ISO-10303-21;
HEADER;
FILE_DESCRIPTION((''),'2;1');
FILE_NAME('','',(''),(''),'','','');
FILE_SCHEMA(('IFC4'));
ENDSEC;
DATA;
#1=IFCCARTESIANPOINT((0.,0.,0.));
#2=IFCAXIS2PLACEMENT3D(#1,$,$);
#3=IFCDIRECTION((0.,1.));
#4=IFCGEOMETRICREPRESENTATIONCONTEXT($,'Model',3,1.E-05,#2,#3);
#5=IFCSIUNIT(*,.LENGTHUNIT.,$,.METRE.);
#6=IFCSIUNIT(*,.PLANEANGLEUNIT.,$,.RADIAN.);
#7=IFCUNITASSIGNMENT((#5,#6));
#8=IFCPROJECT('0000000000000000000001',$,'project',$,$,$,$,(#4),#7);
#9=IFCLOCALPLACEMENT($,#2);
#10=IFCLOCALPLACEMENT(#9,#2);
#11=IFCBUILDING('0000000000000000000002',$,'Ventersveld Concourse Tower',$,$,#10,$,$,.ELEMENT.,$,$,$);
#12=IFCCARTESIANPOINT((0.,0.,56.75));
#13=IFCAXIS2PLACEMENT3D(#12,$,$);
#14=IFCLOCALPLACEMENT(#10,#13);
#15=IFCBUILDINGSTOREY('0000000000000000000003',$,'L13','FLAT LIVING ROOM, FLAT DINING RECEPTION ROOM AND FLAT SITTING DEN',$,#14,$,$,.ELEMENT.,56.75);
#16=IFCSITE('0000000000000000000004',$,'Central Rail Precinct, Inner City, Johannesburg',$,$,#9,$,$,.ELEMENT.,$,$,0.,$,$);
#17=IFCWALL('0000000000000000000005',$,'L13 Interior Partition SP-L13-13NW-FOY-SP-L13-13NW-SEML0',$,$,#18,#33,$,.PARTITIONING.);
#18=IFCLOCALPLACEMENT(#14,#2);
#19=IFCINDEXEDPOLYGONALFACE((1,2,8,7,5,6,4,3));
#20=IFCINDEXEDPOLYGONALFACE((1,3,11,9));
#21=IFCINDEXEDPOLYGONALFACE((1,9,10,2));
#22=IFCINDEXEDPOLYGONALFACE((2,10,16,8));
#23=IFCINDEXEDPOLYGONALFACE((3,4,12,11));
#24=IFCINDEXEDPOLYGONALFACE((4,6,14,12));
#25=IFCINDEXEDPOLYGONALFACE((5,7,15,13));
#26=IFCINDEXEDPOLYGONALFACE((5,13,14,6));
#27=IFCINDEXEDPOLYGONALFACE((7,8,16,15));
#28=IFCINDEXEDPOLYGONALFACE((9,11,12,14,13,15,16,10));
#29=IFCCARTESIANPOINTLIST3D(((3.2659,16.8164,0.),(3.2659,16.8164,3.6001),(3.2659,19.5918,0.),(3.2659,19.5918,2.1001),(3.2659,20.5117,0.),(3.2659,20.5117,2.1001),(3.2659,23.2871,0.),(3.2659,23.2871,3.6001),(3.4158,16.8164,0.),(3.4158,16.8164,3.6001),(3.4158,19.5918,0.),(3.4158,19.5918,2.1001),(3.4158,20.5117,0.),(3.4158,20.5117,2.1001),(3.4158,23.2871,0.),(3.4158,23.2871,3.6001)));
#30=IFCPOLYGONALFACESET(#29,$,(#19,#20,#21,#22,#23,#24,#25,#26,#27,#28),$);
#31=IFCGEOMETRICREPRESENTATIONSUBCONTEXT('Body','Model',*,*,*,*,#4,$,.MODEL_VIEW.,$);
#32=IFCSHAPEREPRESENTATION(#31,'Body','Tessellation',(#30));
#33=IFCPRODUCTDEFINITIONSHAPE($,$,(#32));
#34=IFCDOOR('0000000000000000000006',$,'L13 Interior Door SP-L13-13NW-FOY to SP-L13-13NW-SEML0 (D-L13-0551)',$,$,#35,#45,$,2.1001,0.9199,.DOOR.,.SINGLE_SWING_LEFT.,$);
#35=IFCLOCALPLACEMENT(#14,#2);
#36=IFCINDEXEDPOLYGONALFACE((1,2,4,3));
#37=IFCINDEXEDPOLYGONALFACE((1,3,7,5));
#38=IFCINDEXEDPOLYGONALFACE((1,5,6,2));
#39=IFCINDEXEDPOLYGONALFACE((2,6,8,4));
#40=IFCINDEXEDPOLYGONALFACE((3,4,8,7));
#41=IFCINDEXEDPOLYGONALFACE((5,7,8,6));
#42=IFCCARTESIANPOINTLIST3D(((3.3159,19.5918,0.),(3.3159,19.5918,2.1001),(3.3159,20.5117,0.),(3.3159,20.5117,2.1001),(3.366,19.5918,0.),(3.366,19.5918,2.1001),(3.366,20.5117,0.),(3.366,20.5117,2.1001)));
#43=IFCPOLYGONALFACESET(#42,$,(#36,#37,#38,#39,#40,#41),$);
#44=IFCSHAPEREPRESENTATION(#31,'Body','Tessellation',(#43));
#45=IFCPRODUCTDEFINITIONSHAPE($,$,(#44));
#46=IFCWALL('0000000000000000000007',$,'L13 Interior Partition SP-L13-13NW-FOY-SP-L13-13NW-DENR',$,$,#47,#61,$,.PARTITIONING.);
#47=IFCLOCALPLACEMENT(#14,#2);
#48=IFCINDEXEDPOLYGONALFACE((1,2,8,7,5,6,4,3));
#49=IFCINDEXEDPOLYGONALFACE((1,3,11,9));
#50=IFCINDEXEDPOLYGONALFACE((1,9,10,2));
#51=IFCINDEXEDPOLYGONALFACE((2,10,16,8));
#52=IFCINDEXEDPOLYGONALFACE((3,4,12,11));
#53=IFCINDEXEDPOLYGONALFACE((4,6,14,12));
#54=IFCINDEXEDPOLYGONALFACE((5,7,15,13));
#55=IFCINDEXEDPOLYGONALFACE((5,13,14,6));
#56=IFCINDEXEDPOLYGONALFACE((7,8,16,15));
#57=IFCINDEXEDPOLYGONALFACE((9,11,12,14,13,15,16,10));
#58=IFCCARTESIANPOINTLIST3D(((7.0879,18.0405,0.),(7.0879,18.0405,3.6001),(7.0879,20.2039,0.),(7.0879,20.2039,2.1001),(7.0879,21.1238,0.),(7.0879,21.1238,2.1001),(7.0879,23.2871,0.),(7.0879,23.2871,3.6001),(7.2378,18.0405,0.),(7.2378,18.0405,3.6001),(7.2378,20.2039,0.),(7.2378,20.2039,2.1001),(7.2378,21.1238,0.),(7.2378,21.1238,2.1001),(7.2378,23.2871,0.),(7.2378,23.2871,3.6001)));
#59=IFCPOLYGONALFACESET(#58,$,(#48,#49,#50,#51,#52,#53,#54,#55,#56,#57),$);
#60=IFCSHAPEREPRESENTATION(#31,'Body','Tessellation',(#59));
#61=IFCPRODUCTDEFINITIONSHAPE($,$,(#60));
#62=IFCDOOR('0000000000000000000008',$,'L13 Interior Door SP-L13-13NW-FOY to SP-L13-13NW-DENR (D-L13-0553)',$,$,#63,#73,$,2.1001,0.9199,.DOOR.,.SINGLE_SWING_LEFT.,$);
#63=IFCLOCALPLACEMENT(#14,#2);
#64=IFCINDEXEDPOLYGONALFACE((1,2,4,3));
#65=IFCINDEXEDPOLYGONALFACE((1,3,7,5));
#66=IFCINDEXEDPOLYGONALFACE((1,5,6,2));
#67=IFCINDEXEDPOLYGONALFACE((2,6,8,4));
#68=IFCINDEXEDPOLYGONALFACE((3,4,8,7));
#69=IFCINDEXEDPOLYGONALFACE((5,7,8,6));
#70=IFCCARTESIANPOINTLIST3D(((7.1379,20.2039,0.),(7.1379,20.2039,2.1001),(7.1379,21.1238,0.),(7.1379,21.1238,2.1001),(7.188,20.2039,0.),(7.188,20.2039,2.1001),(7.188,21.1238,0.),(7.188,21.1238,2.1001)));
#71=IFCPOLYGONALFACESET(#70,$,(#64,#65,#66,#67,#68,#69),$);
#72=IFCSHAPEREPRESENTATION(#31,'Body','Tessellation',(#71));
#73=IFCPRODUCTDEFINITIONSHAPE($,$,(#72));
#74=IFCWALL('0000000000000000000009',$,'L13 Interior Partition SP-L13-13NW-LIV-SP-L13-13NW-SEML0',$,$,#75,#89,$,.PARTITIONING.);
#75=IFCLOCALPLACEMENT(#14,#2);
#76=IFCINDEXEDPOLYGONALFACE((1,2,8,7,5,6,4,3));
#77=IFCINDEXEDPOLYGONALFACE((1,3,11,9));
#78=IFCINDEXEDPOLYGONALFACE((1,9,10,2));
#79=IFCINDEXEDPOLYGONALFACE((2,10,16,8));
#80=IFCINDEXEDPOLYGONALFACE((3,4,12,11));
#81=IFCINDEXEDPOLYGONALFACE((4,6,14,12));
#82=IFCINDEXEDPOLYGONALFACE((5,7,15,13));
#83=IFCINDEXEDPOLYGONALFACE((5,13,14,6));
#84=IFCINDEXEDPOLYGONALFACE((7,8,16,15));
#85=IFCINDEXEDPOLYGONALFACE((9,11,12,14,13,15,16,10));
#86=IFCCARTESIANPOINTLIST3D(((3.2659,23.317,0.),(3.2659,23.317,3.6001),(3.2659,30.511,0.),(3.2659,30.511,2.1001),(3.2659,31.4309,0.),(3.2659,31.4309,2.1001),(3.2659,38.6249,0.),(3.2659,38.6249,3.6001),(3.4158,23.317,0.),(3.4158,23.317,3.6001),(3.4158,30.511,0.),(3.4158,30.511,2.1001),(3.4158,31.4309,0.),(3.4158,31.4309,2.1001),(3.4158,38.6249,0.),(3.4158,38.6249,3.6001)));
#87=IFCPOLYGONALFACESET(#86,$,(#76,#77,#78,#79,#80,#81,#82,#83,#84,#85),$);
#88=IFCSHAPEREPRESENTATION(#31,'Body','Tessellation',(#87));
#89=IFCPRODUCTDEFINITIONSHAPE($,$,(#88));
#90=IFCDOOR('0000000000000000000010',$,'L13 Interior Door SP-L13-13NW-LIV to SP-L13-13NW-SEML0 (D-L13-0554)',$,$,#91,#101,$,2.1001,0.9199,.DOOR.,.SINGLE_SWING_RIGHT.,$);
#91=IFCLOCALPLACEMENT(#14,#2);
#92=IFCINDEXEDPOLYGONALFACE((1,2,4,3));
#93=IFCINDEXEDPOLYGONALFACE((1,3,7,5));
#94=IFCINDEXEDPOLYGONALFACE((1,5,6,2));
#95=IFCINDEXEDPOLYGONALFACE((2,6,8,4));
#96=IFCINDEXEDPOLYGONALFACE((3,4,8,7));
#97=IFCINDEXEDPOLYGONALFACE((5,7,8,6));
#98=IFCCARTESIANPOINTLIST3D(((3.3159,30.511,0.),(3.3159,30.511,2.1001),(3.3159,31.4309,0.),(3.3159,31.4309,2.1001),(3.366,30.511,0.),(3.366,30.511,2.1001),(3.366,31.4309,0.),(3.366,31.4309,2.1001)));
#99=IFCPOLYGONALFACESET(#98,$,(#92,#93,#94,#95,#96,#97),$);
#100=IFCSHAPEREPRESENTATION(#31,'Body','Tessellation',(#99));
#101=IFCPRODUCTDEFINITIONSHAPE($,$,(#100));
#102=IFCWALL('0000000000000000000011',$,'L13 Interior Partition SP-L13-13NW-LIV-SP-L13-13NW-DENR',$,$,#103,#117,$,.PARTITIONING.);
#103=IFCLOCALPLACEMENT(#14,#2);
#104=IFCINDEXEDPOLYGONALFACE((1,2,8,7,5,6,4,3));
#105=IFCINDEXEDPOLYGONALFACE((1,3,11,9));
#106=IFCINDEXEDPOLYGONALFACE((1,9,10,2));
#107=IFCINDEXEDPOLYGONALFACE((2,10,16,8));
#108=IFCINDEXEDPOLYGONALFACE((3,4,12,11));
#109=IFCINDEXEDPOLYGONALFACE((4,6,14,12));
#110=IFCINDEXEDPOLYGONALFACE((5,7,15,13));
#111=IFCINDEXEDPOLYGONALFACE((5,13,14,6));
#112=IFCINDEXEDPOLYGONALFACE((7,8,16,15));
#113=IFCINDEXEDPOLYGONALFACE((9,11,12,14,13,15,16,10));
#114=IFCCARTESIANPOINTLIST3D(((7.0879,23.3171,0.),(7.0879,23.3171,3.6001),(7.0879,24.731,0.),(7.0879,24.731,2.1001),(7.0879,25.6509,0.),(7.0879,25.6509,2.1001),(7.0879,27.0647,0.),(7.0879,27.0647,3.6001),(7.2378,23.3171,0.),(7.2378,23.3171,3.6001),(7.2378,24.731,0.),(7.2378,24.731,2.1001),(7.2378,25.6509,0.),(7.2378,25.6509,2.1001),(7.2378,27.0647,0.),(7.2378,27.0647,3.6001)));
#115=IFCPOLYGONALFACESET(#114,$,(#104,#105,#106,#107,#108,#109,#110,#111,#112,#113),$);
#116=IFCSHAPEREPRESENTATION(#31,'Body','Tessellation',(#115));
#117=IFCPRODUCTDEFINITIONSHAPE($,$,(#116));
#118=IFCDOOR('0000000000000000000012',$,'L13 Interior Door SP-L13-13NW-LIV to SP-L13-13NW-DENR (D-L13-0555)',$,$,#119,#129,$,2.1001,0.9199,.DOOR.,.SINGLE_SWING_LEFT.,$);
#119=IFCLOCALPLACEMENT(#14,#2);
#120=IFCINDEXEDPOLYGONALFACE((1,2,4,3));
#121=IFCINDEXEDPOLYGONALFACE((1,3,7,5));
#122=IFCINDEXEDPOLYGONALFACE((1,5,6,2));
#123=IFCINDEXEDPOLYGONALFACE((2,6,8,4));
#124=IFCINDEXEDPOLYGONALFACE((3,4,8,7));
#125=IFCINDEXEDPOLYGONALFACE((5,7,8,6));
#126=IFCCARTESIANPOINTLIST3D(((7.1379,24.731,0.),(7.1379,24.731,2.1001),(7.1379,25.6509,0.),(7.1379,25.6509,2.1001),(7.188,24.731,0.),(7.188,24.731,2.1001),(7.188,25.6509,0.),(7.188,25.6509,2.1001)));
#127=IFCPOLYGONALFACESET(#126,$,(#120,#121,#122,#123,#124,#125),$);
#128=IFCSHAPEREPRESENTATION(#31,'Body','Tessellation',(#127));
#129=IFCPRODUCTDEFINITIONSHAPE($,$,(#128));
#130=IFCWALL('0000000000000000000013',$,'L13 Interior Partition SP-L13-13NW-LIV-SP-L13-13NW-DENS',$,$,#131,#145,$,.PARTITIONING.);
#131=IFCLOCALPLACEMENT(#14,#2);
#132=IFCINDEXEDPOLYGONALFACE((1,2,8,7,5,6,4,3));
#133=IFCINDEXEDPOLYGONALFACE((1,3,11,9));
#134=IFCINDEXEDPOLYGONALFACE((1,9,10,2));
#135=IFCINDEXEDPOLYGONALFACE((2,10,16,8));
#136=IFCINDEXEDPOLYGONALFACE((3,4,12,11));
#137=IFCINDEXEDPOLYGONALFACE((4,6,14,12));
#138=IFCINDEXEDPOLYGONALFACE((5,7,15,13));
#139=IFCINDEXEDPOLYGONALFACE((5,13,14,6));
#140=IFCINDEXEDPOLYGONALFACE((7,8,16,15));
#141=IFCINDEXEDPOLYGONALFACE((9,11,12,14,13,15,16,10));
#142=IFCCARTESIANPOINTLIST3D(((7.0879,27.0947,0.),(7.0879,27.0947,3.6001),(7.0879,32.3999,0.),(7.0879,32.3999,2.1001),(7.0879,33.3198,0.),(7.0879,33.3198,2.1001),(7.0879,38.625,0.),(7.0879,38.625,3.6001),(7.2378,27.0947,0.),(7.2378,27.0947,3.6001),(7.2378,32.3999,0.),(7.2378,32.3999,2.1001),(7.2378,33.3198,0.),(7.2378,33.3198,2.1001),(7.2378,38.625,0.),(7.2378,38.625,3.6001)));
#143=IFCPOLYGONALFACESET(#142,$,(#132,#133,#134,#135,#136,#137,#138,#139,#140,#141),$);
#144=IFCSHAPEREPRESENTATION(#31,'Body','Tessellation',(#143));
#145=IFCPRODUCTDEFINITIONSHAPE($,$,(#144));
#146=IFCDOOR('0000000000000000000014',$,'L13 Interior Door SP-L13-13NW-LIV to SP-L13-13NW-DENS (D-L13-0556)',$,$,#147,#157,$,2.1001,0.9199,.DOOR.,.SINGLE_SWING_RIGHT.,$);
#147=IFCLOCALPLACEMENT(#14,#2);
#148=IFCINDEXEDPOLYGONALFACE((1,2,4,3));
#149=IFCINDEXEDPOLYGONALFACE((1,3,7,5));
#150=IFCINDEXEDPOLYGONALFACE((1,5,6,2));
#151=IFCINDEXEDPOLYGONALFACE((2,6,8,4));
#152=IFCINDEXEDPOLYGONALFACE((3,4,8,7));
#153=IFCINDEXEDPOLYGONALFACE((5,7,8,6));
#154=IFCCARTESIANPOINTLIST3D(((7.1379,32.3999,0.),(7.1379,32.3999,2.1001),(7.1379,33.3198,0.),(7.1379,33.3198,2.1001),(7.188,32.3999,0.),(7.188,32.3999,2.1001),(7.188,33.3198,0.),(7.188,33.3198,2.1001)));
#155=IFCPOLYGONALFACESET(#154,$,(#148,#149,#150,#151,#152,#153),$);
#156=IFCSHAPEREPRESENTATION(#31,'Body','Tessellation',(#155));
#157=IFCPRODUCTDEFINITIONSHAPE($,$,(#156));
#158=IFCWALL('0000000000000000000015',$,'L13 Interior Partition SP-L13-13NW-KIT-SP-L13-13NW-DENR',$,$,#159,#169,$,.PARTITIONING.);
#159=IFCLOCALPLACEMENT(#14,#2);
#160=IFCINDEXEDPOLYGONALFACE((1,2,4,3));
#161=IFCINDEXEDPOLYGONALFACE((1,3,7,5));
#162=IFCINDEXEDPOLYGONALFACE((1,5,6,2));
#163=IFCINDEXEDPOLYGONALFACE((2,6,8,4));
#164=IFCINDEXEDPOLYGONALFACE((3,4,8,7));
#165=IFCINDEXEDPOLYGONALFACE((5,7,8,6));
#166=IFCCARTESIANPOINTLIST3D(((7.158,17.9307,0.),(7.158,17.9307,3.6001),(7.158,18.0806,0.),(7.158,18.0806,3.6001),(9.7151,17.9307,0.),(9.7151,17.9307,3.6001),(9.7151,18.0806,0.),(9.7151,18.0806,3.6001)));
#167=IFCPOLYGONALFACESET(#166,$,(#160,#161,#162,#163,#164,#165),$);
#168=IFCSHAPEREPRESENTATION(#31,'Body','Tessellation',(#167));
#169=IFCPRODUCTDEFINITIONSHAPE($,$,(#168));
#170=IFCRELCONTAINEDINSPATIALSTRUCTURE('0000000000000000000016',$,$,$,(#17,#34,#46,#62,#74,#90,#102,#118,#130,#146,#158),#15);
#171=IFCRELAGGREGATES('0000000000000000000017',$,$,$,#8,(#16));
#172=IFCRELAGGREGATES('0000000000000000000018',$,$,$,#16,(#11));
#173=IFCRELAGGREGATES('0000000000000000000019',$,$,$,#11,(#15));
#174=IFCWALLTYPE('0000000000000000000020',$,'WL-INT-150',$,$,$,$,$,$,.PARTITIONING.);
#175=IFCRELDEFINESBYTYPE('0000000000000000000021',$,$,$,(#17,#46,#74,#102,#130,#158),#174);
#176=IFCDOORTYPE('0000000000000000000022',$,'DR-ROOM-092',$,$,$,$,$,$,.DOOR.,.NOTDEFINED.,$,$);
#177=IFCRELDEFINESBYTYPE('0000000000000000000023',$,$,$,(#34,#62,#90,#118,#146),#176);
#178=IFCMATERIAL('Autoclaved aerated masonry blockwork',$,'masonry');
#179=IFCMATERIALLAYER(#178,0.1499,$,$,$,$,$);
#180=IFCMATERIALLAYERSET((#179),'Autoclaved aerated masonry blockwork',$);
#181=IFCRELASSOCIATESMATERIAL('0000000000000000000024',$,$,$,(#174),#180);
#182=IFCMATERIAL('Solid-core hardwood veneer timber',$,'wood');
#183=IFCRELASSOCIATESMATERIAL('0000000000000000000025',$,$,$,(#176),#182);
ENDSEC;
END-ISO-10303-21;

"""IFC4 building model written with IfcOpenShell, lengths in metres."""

from ifc_helpers import new_model, si_unit, direction, frame, frame_2d, origin, place, context, subcontext, project, spatial, rectangle, extrude, material, layer, layer_set, type_object, element, fill, save


model = new_model("IFC4")

# Units and contexts
model_context = context("Model", 3, precision=1e-05, world=origin(), true_north=direction((0.0, 1.0)))
body_context = subcontext(model_context, "Body", "Model", "MODEL_VIEW")
ifc_project = project(units=[si_unit("LENGTHUNIT", "METRE"), si_unit("PLANEANGLEUNIT", "RADIAN")], contexts=[model_context])

# Site, building, storey
site_placement = place(None, origin())
site = spatial("IfcSite", under=ifc_project, at=site_placement, Name="Central Rail Precinct, Inner City, Johannesburg", CompositionType="ELEMENT", RefElevation=0.0)
building_placement = place(site_placement, origin())
building = spatial("IfcBuilding", under=site, at=building_placement, Name="Ventersveld Concourse Tower", CompositionType="ELEMENT")
storey_placement = place(building_placement, frame((0.0, 0.0, 56.75)))
storey = spatial("IfcBuildingStorey", under=building, at=storey_placement, Name="L13", Description="FLAT LIVING ROOM, FLAT DINING RECEPTION ROOM AND FLAT SITTING DEN", CompositionType="ELEMENT", Elevation=56.75)

# Walls, openings, doors
ifc_material_1 = material(Name="Autoclaved aerated masonry blockwork", Category="masonry")
ifc_layer_1 = layer(ifc_material_1, 0.1499)
ifc_layer_set_1 = layer_set([ifc_layer_1], Name="Autoclaved aerated masonry blockwork")
wall_type_1 = type_object("IfcWallType", Name="WL-INT-150", PredefinedType="PARTITIONING", material=ifc_layer_set_1)
ifc_material_2 = material(Name="Solid-core hardwood veneer timber", Category="wood")
door_type = type_object("IfcDoorType", Name="DR-ROOM-092", OperationType="NOTDEFINED", PredefinedType="DOOR", material=ifc_material_2)
wall_1_placement = place(storey_placement, frame((3.3408, 16.8164, 0.0), z_axis=(0.0, 0.0, 1.0), x_axis=(0.0, 1.0, 0.0)))
wall_1 = element("IfcWall", 1, at=wall_1_placement, inside=storey, type_object=wall_type_1, Name="L13 Interior Partition SP-L13-13NW-FOY-SP-L13-13NW-SEML0", PredefinedType="PARTITIONING", context=body_context, shape_type="SweptSolid", body=[
    extrude(rectangle(XDim=6.4707, YDim=0.1499, at=frame_2d((3.2354, 0.0))), origin(), (0.0, 0.0, 1.0), 3.6001),
])
opening_1_placement = place(wall_1_placement, frame((2.7754, 0.0, 0.0)))
opening_1 = element("IfcOpeningElement", 2, at=opening_1_placement, cuts=wall_1, PredefinedType="OPENING", context=body_context, shape_type="SweptSolid", body=[
    extrude(rectangle(XDim=0.9199, YDim=2.1001, at=frame_2d((0.46, 1.05))), frame((0.0, 0.085, 0.0), z_axis=(0.0, -1.0, 0.0), x_axis=(1.0, 0.0, 0.0)), (0.0, 0.0, 1.0), 0.1699),
])
door_1_placement = place(opening_1_placement, origin())
door_1 = element("IfcDoor", 3, at=door_1_placement, inside=storey, type_object=door_type, Name="L13 Interior Door SP-L13-13NW-FOY to SP-L13-13NW-SEML0 (D-L13-0551)", OperationType="SINGLE_SWING_LEFT", OverallHeight=2.1001, OverallWidth=0.9199, PredefinedType="DOOR", context=body_context, shape_type="SweptSolid", body=[
    extrude(rectangle(XDim=0.9199, YDim=2.1001, at=frame_2d((0.46, 1.05))), frame((0.0, 0.0249, 0.0), z_axis=(0.0, -1.0, 0.0), x_axis=(1.0, 0.0, 0.0)), (0.0, 0.0, 1.0), 0.05),
])
fill(opening_1, door_1)
wall_2_placement = place(storey_placement, frame((7.1628, 18.0405, 0.0), z_axis=(0.0, 0.0, 1.0), x_axis=(0.0, 1.0, 0.0)))
wall_2 = element("IfcWall", 4, at=wall_2_placement, inside=storey, type_object=wall_type_1, Name="L13 Interior Partition SP-L13-13NW-FOY-SP-L13-13NW-DENR", PredefinedType="PARTITIONING", context=body_context, shape_type="SweptSolid", body=[
    extrude(rectangle(XDim=5.2466, YDim=0.1499, at=frame_2d((2.6233, 0.0))), origin(), (0.0, 0.0, 1.0), 3.6001),
])
opening_2_placement = place(wall_2_placement, frame((2.1633, 0.0, 0.0)))
opening_2 = element("IfcOpeningElement", 5, at=opening_2_placement, cuts=wall_2, PredefinedType="OPENING", context=body_context, shape_type="SweptSolid", body=[
    extrude(rectangle(XDim=0.9199, YDim=2.1001, at=frame_2d((0.46, 1.05))), frame((0.0, 0.085, 0.0), z_axis=(0.0, -1.0, 0.0), x_axis=(1.0, 0.0, 0.0)), (0.0, 0.0, 1.0), 0.1699),
])
door_2_placement = place(opening_2_placement, origin())
door_2 = element("IfcDoor", 6, at=door_2_placement, inside=storey, type_object=door_type, Name="L13 Interior Door SP-L13-13NW-FOY to SP-L13-13NW-DENR (D-L13-0553)", OperationType="SINGLE_SWING_LEFT", OverallHeight=2.1001, OverallWidth=0.9199, PredefinedType="DOOR", context=body_context, shape_type="SweptSolid", body=[
    extrude(rectangle(XDim=0.9199, YDim=2.1001, at=frame_2d((0.46, 1.05))), frame((0.0, 0.0249, 0.0), z_axis=(0.0, -1.0, 0.0), x_axis=(1.0, 0.0, 0.0)), (0.0, 0.0, 1.0), 0.05),
])
fill(opening_2, door_2)
wall_3_placement = place(storey_placement, frame((3.3408, 23.3171, 0.0), z_axis=(0.0, 0.0, 1.0), x_axis=(0.0, 1.0, 0.0)))
wall_3 = element("IfcWall", 7, at=wall_3_placement, inside=storey, type_object=wall_type_1, Name="L13 Interior Partition SP-L13-13NW-LIV-SP-L13-13NW-SEML0", PredefinedType="PARTITIONING", context=body_context, shape_type="SweptSolid", body=[
    extrude(rectangle(XDim=15.3079, YDim=0.1499, at=frame_2d((7.6538, 0.0))), origin(), (0.0, 0.0, 1.0), 3.6001),
])
opening_3_placement = place(wall_3_placement, frame((7.1938, 0.0, 0.0)))
opening_3 = element("IfcOpeningElement", 8, at=opening_3_placement, cuts=wall_3, PredefinedType="OPENING", context=body_context, shape_type="SweptSolid", body=[
    extrude(rectangle(XDim=0.9199, YDim=2.1001, at=frame_2d((0.46, 1.05))), frame((0.0, 0.085, 0.0), z_axis=(0.0, -1.0, 0.0), x_axis=(1.0, 0.0, 0.0)), (0.0, 0.0, 1.0), 0.1699),
])
door_3_placement = place(opening_3_placement, origin())
door_3 = element("IfcDoor", 9, at=door_3_placement, inside=storey, type_object=door_type, Name="L13 Interior Door SP-L13-13NW-LIV to SP-L13-13NW-SEML0 (D-L13-0554)", OperationType="SINGLE_SWING_RIGHT", OverallHeight=2.1001, OverallWidth=0.9199, PredefinedType="DOOR", context=body_context, shape_type="SweptSolid", body=[
    extrude(rectangle(XDim=0.9199, YDim=2.1001, at=frame_2d((0.46, 1.05))), frame((0.0, 0.0249, 0.0), z_axis=(0.0, -1.0, 0.0), x_axis=(1.0, 0.0, 0.0)), (0.0, 0.0, 1.0), 0.05),
])
fill(opening_3, door_3)
wall_4_placement = place(storey_placement, frame((7.1628, 23.3171, 0.0), z_axis=(0.0, 0.0, 1.0), x_axis=(0.0, 1.0, 0.0)))
wall_4 = element("IfcWall", 10, at=wall_4_placement, inside=storey, type_object=wall_type_1, Name="L13 Interior Partition SP-L13-13NW-LIV-SP-L13-13NW-DENR", PredefinedType="PARTITIONING", context=body_context, shape_type="SweptSolid", body=[
    extrude(rectangle(XDim=3.7476, YDim=0.1499, at=frame_2d((1.8738, 0.0))), origin(), (0.0, 0.0, 1.0), 3.6001),
])
opening_4_placement = place(wall_4_placement, frame((1.4138, 0.0, 0.0)))
opening_4 = element("IfcOpeningElement", 11, at=opening_4_placement, cuts=wall_4, PredefinedType="OPENING", context=body_context, shape_type="SweptSolid", body=[
    extrude(rectangle(XDim=0.9199, YDim=2.1001, at=frame_2d((0.46, 1.05))), frame((0.0, 0.085, 0.0), z_axis=(0.0, -1.0, 0.0), x_axis=(1.0, 0.0, 0.0)), (0.0, 0.0, 1.0), 0.1699),
])
door_4_placement = place(opening_4_placement, origin())
door_4 = element("IfcDoor", 12, at=door_4_placement, inside=storey, type_object=door_type, Name="L13 Interior Door SP-L13-13NW-LIV to SP-L13-13NW-DENR (D-L13-0555)", OperationType="SINGLE_SWING_LEFT", OverallHeight=2.1001, OverallWidth=0.9199, PredefinedType="DOOR", context=body_context, shape_type="SweptSolid", body=[
    extrude(rectangle(XDim=0.9199, YDim=2.1001, at=frame_2d((0.46, 1.05))), frame((0.0, 0.0249, 0.0), z_axis=(0.0, -1.0, 0.0), x_axis=(1.0, 0.0, 0.0)), (0.0, 0.0, 1.0), 0.05),
])
fill(opening_4, door_4)
wall_5_placement = place(storey_placement, frame((7.1628, 27.0947, 0.0), z_axis=(0.0, 0.0, 1.0), x_axis=(0.0, 1.0, 0.0)))
wall_5 = element("IfcWall", 13, at=wall_5_placement, inside=storey, type_object=wall_type_1, Name="L13 Interior Partition SP-L13-13NW-LIV-SP-L13-13NW-DENS", PredefinedType="PARTITIONING", context=body_context, shape_type="SweptSolid", body=[
    extrude(rectangle(XDim=11.5303, YDim=0.1499, at=frame_2d((5.7651, 0.0))), origin(), (0.0, 0.0, 1.0), 3.6001),
])
opening_5_placement = place(wall_5_placement, frame((5.3052, 0.0, 0.0)))
opening_5 = element("IfcOpeningElement", 14, at=opening_5_placement, cuts=wall_5, PredefinedType="OPENING", context=body_context, shape_type="SweptSolid", body=[
    extrude(rectangle(XDim=0.9199, YDim=2.1001, at=frame_2d((0.46, 1.05))), frame((0.0, 0.085, 0.0), z_axis=(0.0, -1.0, 0.0), x_axis=(1.0, 0.0, 0.0)), (0.0, 0.0, 1.0), 0.1699),
])
door_5_placement = place(opening_5_placement, origin())
door_5 = element("IfcDoor", 15, at=door_5_placement, inside=storey, type_object=door_type, Name="L13 Interior Door SP-L13-13NW-LIV to SP-L13-13NW-DENS (D-L13-0556)", OperationType="SINGLE_SWING_RIGHT", OverallHeight=2.1001, OverallWidth=0.9199, PredefinedType="DOOR", context=body_context, shape_type="SweptSolid", body=[
    extrude(rectangle(XDim=0.9199, YDim=2.1001, at=frame_2d((0.46, 1.05))), frame((0.0, 0.0249, 0.0), z_axis=(0.0, -1.0, 0.0), x_axis=(1.0, 0.0, 0.0)), (0.0, 0.0, 1.0), 0.05),
])
fill(opening_5, door_5)

# Wall
for number, where, z_axis, x_axis, name in (
    (16, (7.158, 18.0056, 0.0), (0.0, 0.0, 1.0), (1.0, 0.0, 0.0), "L13 Interior Partition SP-L13-13NW-KIT-SP-L13-13NW-DENR"),
):
    element("IfcWall", number, at=place(storey_placement, frame(where, z_axis=z_axis, x_axis=x_axis)), inside=storey, type_object=wall_type_1, Name=name, PredefinedType="PARTITIONING", context=body_context, shape_type="SweptSolid", body=[
        extrude(rectangle(XDim=2.5571, YDim=0.1499, at=frame_2d((1.2786, 0.0))), origin(), (0.0, 0.0, 1.0), 3.6001),
    ])

save(model, "model.ifc")
